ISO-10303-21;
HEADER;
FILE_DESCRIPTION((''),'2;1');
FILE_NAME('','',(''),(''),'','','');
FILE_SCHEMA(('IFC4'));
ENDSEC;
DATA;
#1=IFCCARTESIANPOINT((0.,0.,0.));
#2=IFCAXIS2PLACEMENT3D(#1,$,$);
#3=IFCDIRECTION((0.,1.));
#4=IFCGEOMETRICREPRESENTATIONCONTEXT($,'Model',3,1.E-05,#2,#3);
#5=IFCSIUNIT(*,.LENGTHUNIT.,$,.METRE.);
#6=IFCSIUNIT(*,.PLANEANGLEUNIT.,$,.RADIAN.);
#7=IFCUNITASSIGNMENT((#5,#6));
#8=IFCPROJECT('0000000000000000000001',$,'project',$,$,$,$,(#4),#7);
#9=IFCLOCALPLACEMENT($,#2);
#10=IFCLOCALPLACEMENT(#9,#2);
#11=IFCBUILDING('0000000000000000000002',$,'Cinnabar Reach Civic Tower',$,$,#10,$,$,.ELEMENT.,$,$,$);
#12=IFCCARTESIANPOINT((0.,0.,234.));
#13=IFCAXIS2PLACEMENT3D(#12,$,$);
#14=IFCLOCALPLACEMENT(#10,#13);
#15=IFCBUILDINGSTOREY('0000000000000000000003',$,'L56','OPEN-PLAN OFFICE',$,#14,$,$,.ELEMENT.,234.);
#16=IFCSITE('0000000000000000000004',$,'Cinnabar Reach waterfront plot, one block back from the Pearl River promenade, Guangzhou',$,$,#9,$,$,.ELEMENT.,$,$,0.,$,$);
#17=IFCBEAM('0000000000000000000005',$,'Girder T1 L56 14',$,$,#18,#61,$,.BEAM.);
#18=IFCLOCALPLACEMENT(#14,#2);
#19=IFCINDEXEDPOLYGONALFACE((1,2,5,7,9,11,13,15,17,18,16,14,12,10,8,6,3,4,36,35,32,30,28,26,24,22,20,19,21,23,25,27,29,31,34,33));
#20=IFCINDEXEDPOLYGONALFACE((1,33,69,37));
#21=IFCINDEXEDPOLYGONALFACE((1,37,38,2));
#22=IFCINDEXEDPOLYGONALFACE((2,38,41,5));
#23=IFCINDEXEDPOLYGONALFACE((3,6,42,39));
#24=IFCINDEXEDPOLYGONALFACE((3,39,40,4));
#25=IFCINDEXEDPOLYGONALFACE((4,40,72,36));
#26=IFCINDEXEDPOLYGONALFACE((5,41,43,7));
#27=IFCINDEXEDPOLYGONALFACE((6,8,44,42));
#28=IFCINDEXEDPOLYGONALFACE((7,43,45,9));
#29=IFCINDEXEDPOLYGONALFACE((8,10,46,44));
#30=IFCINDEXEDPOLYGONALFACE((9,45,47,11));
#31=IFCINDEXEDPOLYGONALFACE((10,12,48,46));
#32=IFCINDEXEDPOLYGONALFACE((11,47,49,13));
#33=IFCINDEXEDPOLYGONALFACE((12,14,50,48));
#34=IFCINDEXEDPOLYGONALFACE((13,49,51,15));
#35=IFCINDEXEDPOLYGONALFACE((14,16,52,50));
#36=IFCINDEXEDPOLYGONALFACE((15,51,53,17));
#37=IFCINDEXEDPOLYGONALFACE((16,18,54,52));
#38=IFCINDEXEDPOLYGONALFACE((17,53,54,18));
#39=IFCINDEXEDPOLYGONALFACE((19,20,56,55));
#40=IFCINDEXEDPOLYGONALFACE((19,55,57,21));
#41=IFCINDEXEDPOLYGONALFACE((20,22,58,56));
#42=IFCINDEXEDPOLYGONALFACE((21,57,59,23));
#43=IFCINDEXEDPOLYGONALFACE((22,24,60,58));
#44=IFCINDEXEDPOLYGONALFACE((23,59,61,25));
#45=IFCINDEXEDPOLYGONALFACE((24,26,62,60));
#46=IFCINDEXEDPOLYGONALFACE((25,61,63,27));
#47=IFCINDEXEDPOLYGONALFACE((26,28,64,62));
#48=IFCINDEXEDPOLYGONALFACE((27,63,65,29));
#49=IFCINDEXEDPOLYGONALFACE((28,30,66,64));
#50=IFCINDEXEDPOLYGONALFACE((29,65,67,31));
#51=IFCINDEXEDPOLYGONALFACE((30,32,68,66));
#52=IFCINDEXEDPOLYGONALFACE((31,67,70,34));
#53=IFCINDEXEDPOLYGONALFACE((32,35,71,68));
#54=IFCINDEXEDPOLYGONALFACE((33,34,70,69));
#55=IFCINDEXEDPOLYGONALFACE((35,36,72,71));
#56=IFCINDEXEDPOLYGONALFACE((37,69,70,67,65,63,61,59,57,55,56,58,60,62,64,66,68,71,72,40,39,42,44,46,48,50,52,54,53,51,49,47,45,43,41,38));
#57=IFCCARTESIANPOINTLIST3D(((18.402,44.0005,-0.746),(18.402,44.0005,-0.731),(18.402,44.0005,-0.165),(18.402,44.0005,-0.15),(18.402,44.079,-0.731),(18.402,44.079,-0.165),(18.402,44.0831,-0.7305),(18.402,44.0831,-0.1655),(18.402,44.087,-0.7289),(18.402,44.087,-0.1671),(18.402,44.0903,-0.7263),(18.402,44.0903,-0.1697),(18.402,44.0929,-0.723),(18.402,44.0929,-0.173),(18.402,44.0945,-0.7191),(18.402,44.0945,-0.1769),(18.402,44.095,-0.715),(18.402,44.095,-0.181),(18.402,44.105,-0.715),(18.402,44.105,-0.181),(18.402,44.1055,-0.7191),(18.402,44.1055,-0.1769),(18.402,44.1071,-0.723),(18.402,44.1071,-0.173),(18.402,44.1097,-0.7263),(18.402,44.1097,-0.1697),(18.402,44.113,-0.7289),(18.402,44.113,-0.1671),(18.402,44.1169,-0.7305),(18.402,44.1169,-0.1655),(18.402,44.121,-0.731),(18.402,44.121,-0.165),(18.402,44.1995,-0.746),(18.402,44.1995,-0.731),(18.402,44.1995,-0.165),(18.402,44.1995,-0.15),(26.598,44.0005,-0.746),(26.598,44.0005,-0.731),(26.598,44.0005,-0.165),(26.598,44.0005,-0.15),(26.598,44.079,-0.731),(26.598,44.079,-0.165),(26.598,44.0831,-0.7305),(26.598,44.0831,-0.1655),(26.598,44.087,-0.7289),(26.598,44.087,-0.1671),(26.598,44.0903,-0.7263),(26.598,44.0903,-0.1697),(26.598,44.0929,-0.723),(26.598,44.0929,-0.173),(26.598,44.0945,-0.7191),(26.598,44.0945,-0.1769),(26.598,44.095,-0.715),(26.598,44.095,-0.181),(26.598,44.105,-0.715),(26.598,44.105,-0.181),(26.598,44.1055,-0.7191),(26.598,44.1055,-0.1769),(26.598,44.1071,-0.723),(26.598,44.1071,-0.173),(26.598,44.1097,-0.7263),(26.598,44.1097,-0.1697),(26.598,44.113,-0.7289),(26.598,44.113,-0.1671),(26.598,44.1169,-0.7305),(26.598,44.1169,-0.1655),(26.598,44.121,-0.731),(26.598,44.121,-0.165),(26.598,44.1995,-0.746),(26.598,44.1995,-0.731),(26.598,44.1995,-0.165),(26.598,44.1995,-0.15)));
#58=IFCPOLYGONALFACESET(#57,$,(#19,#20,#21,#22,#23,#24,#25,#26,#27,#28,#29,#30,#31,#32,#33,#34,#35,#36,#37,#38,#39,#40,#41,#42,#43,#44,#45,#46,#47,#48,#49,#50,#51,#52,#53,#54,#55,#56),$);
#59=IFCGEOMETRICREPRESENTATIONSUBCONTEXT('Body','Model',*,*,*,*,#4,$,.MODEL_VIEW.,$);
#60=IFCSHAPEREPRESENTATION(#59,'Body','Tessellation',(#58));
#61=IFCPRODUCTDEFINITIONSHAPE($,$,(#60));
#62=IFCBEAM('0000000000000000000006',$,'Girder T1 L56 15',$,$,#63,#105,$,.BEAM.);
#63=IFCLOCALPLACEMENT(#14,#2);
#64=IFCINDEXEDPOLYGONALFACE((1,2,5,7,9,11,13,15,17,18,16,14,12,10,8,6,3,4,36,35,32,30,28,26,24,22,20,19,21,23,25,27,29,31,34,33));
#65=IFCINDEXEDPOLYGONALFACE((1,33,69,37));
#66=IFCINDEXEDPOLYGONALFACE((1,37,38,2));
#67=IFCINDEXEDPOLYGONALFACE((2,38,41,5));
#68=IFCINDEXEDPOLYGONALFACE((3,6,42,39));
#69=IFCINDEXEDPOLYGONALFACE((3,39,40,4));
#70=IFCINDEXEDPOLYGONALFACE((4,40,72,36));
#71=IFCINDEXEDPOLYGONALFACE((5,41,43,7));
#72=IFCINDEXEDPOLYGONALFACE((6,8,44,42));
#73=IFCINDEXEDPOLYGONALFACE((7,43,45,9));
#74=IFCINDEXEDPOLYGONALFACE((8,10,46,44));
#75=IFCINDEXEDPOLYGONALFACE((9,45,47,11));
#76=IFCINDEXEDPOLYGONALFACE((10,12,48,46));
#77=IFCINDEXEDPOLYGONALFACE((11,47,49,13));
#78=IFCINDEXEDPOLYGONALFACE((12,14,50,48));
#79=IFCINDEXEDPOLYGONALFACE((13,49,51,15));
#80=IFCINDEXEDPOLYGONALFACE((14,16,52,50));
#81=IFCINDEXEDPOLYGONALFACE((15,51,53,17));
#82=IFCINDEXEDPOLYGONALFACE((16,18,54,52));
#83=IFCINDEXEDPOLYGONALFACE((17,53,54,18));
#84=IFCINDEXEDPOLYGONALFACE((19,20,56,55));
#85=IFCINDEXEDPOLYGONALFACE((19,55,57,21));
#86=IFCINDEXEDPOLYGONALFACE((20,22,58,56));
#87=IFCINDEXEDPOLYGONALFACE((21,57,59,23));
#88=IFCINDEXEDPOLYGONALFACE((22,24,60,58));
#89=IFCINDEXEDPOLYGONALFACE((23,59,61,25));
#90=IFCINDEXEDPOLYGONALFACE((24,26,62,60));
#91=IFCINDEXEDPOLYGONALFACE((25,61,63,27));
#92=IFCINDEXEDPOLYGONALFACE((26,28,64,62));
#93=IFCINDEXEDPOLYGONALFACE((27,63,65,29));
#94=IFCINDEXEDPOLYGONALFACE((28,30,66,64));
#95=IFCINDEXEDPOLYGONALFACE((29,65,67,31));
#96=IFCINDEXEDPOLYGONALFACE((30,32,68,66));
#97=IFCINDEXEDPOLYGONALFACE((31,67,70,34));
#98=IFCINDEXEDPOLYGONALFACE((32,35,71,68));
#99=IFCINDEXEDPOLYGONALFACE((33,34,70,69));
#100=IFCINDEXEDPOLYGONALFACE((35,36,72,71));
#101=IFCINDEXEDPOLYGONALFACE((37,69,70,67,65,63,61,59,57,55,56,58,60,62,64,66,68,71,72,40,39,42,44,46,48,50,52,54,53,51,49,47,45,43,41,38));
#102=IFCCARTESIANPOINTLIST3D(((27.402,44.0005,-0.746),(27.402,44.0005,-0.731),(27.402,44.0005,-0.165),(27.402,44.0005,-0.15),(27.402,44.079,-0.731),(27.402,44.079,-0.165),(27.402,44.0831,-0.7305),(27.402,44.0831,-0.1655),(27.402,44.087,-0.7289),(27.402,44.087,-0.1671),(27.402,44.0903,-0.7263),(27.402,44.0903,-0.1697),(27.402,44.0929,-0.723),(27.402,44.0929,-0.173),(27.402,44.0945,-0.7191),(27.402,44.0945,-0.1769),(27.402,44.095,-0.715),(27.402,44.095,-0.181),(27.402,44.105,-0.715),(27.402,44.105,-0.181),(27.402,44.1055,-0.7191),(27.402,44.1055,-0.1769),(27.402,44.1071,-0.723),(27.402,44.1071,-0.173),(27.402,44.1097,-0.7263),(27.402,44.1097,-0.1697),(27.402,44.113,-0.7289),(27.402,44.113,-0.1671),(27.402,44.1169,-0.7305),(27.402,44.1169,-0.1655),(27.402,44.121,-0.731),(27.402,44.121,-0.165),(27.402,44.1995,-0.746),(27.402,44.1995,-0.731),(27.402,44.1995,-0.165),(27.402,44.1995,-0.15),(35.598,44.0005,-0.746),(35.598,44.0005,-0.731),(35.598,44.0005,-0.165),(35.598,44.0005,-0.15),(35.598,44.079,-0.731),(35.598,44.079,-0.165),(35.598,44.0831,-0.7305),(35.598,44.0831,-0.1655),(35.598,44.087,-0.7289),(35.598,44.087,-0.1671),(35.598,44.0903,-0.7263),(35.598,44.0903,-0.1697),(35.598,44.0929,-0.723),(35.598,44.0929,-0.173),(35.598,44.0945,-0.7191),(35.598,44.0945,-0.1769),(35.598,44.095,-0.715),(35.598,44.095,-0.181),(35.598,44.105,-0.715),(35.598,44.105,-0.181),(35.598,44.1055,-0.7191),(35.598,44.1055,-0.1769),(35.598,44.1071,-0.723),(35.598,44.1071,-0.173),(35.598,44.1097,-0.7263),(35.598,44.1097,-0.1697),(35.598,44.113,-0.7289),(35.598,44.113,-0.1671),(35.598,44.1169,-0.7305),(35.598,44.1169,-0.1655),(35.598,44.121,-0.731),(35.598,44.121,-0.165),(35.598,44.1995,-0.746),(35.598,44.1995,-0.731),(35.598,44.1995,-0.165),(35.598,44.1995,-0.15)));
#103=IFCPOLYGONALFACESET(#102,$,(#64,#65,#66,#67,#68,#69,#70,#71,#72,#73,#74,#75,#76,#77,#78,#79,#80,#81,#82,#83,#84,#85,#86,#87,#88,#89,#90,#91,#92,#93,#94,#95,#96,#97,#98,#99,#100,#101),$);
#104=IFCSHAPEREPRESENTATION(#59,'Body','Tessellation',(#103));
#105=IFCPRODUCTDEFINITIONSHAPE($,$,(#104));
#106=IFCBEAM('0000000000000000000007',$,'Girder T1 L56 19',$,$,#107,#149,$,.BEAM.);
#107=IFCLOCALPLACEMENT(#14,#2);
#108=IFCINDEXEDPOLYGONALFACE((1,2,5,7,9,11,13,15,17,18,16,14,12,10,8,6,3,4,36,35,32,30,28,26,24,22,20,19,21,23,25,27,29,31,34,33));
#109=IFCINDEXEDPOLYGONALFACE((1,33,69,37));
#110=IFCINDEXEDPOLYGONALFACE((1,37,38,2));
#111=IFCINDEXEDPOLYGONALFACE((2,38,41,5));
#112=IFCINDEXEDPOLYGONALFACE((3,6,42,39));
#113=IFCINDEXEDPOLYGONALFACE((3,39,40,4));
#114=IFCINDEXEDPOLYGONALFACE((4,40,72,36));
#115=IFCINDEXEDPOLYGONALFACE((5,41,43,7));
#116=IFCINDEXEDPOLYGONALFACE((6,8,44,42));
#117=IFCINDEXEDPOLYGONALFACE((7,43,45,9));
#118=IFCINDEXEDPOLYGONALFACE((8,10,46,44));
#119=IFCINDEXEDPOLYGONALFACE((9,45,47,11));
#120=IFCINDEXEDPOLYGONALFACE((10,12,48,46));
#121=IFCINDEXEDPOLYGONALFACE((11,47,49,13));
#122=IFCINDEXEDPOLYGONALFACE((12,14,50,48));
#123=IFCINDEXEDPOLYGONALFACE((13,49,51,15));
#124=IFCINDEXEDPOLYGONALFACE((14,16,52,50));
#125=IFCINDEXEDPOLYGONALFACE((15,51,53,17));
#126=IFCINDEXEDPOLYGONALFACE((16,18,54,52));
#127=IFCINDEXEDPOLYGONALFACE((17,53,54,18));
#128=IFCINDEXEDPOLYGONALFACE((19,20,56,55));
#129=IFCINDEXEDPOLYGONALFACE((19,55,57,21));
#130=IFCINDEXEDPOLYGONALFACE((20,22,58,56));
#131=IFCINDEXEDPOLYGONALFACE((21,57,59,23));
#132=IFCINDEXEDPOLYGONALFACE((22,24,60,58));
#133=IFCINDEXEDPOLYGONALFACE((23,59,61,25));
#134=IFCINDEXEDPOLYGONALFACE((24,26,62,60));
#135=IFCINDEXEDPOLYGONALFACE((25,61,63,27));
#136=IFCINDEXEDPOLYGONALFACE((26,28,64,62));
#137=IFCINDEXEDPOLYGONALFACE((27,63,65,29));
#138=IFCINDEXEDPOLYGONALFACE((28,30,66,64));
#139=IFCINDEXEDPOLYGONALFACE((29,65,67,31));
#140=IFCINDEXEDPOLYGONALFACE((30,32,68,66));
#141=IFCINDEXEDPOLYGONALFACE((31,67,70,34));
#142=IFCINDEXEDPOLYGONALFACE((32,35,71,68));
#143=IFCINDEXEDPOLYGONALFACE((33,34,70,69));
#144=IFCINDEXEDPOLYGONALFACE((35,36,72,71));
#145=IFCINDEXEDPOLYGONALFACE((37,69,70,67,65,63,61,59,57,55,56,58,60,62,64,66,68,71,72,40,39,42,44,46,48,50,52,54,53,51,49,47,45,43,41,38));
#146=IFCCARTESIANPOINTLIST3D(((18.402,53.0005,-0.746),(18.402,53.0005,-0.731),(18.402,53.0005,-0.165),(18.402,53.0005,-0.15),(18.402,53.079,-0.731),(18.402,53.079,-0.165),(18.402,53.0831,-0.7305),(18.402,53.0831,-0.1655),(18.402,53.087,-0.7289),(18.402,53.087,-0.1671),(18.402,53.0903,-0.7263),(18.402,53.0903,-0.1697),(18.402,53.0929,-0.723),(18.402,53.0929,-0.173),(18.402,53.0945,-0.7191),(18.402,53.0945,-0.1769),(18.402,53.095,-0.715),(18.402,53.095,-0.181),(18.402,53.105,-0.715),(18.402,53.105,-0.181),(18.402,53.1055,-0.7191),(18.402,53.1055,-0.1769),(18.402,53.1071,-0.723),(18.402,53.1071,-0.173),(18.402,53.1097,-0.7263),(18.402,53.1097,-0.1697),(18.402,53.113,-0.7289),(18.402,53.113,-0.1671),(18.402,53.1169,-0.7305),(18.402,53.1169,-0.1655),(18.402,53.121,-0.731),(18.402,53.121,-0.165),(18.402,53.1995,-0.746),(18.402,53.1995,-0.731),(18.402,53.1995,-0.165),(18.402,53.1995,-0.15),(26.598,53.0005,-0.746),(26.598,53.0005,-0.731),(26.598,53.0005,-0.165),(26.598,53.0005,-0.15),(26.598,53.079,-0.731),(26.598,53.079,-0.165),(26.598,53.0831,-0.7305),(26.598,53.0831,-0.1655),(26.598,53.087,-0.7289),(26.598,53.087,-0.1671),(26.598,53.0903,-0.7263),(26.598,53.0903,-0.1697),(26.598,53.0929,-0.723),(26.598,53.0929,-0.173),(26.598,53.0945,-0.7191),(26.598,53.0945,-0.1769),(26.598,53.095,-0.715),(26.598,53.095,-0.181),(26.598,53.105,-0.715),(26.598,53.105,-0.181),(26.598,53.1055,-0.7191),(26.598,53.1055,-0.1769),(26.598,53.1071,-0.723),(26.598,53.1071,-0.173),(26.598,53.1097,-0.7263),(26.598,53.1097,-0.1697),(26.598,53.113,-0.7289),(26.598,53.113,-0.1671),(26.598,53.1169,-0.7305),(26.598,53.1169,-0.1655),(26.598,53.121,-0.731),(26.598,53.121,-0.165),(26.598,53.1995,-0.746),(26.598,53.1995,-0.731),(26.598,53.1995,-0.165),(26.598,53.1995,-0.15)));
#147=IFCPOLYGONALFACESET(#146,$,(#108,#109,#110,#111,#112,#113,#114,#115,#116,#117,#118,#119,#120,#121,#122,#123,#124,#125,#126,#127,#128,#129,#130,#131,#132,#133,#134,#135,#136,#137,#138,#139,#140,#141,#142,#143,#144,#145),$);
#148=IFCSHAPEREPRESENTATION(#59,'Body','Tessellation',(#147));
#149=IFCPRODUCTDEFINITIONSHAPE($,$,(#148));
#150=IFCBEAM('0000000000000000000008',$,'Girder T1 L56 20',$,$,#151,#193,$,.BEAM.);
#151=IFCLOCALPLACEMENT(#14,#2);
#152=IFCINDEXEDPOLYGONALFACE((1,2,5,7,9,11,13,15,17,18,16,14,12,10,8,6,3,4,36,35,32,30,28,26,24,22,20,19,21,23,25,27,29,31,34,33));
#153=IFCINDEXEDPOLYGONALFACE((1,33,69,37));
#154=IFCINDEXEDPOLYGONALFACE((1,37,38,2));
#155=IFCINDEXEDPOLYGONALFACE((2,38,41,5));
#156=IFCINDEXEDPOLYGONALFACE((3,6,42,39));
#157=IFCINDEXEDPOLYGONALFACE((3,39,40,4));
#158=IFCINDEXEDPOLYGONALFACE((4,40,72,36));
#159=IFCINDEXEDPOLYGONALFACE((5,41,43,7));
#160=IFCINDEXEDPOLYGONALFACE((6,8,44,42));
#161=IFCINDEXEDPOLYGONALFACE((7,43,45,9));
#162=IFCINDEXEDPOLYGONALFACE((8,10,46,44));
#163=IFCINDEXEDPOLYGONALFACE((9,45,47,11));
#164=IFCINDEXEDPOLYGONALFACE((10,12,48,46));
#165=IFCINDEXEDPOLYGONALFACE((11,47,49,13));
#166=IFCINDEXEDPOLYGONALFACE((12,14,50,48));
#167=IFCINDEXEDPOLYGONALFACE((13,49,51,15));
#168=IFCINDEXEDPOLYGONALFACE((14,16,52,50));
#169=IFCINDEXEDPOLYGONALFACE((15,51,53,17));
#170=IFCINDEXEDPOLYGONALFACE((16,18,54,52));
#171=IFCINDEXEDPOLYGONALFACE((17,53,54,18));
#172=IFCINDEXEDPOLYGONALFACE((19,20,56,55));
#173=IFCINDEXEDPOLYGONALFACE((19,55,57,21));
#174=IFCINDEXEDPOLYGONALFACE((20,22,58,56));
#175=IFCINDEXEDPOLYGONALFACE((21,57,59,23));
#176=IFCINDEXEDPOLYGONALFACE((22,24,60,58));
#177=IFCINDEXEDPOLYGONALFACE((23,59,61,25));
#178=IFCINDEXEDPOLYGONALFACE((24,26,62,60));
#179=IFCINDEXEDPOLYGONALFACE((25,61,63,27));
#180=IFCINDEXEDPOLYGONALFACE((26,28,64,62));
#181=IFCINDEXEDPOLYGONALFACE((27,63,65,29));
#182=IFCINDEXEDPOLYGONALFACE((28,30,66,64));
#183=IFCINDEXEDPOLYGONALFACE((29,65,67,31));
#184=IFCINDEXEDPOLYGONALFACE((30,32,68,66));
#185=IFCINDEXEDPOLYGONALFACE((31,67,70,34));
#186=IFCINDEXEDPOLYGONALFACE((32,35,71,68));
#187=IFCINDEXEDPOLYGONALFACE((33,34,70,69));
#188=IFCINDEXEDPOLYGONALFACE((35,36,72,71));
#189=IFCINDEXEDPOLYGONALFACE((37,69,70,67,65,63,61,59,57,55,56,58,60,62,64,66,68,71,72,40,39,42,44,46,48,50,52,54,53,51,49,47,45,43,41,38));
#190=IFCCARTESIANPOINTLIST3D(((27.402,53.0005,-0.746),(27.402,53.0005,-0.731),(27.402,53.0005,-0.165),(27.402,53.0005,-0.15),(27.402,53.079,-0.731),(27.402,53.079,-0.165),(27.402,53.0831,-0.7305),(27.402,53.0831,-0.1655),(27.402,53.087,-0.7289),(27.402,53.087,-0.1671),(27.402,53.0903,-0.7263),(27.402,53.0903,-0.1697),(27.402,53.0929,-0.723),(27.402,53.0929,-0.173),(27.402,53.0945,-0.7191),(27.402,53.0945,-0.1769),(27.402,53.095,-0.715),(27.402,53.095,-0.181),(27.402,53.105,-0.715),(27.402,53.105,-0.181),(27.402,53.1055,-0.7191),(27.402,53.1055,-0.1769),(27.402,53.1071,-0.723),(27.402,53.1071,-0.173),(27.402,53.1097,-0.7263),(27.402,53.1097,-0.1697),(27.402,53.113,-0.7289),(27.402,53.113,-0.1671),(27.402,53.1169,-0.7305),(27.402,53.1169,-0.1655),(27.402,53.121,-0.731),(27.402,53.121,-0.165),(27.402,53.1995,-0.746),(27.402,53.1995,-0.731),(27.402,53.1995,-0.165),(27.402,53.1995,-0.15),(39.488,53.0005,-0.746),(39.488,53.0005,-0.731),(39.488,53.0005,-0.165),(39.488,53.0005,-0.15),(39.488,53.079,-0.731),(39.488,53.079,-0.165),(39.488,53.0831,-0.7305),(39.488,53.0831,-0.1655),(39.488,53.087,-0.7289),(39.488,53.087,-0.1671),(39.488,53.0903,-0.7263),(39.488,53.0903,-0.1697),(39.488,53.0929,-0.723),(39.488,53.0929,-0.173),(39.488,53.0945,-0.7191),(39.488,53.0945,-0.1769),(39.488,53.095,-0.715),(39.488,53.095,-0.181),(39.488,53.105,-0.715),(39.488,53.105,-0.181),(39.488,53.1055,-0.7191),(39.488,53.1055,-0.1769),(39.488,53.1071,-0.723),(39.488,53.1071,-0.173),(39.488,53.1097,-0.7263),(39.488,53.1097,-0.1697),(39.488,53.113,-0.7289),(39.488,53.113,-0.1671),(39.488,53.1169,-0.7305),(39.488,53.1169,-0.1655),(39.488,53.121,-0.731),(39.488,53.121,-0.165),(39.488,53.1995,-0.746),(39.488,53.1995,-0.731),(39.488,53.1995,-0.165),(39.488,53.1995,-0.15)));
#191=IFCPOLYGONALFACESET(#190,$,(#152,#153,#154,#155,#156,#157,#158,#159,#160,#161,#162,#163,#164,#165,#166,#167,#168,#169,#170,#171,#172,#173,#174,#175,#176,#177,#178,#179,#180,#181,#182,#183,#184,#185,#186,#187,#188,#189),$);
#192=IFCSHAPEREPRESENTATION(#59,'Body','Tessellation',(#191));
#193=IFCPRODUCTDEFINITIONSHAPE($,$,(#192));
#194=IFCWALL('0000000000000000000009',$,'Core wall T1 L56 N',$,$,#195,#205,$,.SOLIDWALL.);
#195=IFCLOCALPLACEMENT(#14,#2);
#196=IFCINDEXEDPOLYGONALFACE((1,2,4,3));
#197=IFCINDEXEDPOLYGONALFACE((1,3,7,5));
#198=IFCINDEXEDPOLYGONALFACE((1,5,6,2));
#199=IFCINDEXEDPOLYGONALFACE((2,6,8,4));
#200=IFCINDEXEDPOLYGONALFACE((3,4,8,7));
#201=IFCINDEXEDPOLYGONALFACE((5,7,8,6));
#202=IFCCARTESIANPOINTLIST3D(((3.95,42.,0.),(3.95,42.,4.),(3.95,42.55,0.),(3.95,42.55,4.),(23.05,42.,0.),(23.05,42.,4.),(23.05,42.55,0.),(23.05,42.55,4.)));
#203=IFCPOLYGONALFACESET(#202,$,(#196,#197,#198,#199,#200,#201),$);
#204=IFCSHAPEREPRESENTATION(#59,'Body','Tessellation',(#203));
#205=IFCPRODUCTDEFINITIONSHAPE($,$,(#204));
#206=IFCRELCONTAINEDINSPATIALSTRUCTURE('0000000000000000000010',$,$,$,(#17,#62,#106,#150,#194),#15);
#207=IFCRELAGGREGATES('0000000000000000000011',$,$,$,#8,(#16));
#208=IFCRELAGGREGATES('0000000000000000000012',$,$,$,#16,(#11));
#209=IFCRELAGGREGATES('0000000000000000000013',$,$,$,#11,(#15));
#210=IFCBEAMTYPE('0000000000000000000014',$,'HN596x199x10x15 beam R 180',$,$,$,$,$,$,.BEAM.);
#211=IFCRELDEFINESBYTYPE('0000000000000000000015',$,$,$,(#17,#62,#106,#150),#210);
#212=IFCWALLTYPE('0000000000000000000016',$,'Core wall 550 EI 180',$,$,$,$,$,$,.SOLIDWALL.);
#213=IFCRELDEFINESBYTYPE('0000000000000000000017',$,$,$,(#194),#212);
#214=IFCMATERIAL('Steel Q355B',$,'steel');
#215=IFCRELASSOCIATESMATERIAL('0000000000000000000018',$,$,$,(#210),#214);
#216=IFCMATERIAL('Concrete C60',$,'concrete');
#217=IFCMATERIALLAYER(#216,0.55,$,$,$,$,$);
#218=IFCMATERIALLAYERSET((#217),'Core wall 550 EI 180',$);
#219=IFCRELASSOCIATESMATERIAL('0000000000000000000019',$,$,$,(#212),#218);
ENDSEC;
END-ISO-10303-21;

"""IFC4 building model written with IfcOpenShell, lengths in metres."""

from ifc_helpers import new_model, si_unit, direction, frame, frame_2d, origin, origin_2d, place, context, subcontext, project, spatial, rectangle, i_section, extrude, material, layer, layer_set, material_profile, profile_set, type_object, element, save


model = new_model("IFC4")

# Units and contexts
model_context = context("Model", 3, precision=1e-05, world=origin(), true_north=direction((0.0, 1.0)))
body_context = subcontext(model_context, "Body", "Model", "MODEL_VIEW")
ifc_project = project(units=[si_unit("LENGTHUNIT", "METRE"), si_unit("PLANEANGLEUNIT", "RADIAN")], contexts=[model_context])

# Site, building, storey
site_placement = place(None, origin())
site = spatial("IfcSite", under=ifc_project, at=site_placement, Name="Cinnabar Reach waterfront plot, one block back from the Pearl River promenade, Guangzhou", CompositionType="ELEMENT", RefElevation=0.0)
building_placement = place(site_placement, origin())
building = spatial("IfcBuilding", under=site, at=building_placement, Name="Cinnabar Reach Civic Tower", CompositionType="ELEMENT")
storey_placement = place(building_placement, frame((0.0, 0.0, 234.0)))
storey = spatial("IfcBuildingStorey", under=building, at=storey_placement, Name="L56", Description="OPEN-PLAN OFFICE", CompositionType="ELEMENT", Elevation=234.0)

# Shared definitions
ifc_material_1 = material(Name="Concrete C60", Category="concrete")

# Beams
ifc_material_2 = material(Name="Steel Q355B", Category="steel")
ifc_material_profile_1 = material_profile(ifc_material_2, i_section(OverallWidth=0.199, OverallDepth=0.596, WebThickness=0.01, FlangeThickness=0.015, FilletRadius=0.016, at=origin_2d()), Name="HN596x199x10x15")
ifc_profile_set_1 = profile_set([ifc_material_profile_1], Name="Steel Q355B")
beam_type_1 = type_object("IfcBeamType", Name="HN596x199x10x15 beam R 180", PredefinedType="BEAM", material=ifc_profile_set_1)
for number, where, z_axis, x_axis, name in (
    (1, (18.402, 44.1, -0.448), (1.0, 0.0, 0.0), (0.0, 1.0, 0.0), "Girder T1 L56 14"),
    (2, (27.402, 44.1, -0.448), (1.0, 0.0, 0.0), (0.0, 1.0, 0.0), "Girder T1 L56 15"),
    (3, (18.402, 53.1, -0.448), (1.0, 0.0, 0.0), (0.0, 1.0, 0.0), "Girder T1 L56 19"),
):
    element("IfcBeam", number, at=place(storey_placement, frame(where, z_axis=z_axis, x_axis=x_axis)), inside=storey, type_object=beam_type_1, Name=name, PredefinedType="BEAM", context=body_context, shape_type="SweptSolid", body=[
        extrude(i_section(OverallWidth=0.199, OverallDepth=0.596, WebThickness=0.01, FlangeThickness=0.015, FilletRadius=0.016, at=origin_2d()), origin(), (0.0, 0.0, 1.0), 8.196),
    ])
beam_1_placement = place(storey_placement, frame((27.402, 53.1, -0.448), z_axis=(1.0, 0.0, 0.0), x_axis=(0.0, 1.0, 0.0)))
element("IfcBeam", 4, at=beam_1_placement, inside=storey, type_object=beam_type_1, Name="Girder T1 L56 20", PredefinedType="BEAM", context=body_context, shape_type="SweptSolid", body=[
    extrude(i_section(OverallWidth=0.199, OverallDepth=0.596, WebThickness=0.01, FlangeThickness=0.015, FilletRadius=0.016, at=origin_2d()), origin(), (0.0, 0.0, 1.0), 12.086),
])

# Wall
ifc_layer_1 = layer(ifc_material_1, 0.55)
ifc_layer_set_1 = layer_set([ifc_layer_1], Name="Core wall 550 EI 180")
wall_type_1 = type_object("IfcWallType", Name="Core wall 550 EI 180", PredefinedType="SOLIDWALL", material=ifc_layer_set_1)
wall_1_placement = place(storey_placement, frame((23.05, 42.275, 0.0), z_axis=(0.0, 0.0, 1.0), x_axis=(-1.0, 0.0, 0.0)))
element("IfcWall", 5, at=wall_1_placement, inside=storey, type_object=wall_type_1, Name="Core wall T1 L56 N", PredefinedType="SOLIDWALL", context=body_context, shape_type="SweptSolid", body=[
    extrude(rectangle(XDim=19.1, YDim=0.55, at=frame_2d((9.55, 0.0))), origin(), (0.0, 0.0, 1.0), 4.0),
])

save(model, "model.ifc")
